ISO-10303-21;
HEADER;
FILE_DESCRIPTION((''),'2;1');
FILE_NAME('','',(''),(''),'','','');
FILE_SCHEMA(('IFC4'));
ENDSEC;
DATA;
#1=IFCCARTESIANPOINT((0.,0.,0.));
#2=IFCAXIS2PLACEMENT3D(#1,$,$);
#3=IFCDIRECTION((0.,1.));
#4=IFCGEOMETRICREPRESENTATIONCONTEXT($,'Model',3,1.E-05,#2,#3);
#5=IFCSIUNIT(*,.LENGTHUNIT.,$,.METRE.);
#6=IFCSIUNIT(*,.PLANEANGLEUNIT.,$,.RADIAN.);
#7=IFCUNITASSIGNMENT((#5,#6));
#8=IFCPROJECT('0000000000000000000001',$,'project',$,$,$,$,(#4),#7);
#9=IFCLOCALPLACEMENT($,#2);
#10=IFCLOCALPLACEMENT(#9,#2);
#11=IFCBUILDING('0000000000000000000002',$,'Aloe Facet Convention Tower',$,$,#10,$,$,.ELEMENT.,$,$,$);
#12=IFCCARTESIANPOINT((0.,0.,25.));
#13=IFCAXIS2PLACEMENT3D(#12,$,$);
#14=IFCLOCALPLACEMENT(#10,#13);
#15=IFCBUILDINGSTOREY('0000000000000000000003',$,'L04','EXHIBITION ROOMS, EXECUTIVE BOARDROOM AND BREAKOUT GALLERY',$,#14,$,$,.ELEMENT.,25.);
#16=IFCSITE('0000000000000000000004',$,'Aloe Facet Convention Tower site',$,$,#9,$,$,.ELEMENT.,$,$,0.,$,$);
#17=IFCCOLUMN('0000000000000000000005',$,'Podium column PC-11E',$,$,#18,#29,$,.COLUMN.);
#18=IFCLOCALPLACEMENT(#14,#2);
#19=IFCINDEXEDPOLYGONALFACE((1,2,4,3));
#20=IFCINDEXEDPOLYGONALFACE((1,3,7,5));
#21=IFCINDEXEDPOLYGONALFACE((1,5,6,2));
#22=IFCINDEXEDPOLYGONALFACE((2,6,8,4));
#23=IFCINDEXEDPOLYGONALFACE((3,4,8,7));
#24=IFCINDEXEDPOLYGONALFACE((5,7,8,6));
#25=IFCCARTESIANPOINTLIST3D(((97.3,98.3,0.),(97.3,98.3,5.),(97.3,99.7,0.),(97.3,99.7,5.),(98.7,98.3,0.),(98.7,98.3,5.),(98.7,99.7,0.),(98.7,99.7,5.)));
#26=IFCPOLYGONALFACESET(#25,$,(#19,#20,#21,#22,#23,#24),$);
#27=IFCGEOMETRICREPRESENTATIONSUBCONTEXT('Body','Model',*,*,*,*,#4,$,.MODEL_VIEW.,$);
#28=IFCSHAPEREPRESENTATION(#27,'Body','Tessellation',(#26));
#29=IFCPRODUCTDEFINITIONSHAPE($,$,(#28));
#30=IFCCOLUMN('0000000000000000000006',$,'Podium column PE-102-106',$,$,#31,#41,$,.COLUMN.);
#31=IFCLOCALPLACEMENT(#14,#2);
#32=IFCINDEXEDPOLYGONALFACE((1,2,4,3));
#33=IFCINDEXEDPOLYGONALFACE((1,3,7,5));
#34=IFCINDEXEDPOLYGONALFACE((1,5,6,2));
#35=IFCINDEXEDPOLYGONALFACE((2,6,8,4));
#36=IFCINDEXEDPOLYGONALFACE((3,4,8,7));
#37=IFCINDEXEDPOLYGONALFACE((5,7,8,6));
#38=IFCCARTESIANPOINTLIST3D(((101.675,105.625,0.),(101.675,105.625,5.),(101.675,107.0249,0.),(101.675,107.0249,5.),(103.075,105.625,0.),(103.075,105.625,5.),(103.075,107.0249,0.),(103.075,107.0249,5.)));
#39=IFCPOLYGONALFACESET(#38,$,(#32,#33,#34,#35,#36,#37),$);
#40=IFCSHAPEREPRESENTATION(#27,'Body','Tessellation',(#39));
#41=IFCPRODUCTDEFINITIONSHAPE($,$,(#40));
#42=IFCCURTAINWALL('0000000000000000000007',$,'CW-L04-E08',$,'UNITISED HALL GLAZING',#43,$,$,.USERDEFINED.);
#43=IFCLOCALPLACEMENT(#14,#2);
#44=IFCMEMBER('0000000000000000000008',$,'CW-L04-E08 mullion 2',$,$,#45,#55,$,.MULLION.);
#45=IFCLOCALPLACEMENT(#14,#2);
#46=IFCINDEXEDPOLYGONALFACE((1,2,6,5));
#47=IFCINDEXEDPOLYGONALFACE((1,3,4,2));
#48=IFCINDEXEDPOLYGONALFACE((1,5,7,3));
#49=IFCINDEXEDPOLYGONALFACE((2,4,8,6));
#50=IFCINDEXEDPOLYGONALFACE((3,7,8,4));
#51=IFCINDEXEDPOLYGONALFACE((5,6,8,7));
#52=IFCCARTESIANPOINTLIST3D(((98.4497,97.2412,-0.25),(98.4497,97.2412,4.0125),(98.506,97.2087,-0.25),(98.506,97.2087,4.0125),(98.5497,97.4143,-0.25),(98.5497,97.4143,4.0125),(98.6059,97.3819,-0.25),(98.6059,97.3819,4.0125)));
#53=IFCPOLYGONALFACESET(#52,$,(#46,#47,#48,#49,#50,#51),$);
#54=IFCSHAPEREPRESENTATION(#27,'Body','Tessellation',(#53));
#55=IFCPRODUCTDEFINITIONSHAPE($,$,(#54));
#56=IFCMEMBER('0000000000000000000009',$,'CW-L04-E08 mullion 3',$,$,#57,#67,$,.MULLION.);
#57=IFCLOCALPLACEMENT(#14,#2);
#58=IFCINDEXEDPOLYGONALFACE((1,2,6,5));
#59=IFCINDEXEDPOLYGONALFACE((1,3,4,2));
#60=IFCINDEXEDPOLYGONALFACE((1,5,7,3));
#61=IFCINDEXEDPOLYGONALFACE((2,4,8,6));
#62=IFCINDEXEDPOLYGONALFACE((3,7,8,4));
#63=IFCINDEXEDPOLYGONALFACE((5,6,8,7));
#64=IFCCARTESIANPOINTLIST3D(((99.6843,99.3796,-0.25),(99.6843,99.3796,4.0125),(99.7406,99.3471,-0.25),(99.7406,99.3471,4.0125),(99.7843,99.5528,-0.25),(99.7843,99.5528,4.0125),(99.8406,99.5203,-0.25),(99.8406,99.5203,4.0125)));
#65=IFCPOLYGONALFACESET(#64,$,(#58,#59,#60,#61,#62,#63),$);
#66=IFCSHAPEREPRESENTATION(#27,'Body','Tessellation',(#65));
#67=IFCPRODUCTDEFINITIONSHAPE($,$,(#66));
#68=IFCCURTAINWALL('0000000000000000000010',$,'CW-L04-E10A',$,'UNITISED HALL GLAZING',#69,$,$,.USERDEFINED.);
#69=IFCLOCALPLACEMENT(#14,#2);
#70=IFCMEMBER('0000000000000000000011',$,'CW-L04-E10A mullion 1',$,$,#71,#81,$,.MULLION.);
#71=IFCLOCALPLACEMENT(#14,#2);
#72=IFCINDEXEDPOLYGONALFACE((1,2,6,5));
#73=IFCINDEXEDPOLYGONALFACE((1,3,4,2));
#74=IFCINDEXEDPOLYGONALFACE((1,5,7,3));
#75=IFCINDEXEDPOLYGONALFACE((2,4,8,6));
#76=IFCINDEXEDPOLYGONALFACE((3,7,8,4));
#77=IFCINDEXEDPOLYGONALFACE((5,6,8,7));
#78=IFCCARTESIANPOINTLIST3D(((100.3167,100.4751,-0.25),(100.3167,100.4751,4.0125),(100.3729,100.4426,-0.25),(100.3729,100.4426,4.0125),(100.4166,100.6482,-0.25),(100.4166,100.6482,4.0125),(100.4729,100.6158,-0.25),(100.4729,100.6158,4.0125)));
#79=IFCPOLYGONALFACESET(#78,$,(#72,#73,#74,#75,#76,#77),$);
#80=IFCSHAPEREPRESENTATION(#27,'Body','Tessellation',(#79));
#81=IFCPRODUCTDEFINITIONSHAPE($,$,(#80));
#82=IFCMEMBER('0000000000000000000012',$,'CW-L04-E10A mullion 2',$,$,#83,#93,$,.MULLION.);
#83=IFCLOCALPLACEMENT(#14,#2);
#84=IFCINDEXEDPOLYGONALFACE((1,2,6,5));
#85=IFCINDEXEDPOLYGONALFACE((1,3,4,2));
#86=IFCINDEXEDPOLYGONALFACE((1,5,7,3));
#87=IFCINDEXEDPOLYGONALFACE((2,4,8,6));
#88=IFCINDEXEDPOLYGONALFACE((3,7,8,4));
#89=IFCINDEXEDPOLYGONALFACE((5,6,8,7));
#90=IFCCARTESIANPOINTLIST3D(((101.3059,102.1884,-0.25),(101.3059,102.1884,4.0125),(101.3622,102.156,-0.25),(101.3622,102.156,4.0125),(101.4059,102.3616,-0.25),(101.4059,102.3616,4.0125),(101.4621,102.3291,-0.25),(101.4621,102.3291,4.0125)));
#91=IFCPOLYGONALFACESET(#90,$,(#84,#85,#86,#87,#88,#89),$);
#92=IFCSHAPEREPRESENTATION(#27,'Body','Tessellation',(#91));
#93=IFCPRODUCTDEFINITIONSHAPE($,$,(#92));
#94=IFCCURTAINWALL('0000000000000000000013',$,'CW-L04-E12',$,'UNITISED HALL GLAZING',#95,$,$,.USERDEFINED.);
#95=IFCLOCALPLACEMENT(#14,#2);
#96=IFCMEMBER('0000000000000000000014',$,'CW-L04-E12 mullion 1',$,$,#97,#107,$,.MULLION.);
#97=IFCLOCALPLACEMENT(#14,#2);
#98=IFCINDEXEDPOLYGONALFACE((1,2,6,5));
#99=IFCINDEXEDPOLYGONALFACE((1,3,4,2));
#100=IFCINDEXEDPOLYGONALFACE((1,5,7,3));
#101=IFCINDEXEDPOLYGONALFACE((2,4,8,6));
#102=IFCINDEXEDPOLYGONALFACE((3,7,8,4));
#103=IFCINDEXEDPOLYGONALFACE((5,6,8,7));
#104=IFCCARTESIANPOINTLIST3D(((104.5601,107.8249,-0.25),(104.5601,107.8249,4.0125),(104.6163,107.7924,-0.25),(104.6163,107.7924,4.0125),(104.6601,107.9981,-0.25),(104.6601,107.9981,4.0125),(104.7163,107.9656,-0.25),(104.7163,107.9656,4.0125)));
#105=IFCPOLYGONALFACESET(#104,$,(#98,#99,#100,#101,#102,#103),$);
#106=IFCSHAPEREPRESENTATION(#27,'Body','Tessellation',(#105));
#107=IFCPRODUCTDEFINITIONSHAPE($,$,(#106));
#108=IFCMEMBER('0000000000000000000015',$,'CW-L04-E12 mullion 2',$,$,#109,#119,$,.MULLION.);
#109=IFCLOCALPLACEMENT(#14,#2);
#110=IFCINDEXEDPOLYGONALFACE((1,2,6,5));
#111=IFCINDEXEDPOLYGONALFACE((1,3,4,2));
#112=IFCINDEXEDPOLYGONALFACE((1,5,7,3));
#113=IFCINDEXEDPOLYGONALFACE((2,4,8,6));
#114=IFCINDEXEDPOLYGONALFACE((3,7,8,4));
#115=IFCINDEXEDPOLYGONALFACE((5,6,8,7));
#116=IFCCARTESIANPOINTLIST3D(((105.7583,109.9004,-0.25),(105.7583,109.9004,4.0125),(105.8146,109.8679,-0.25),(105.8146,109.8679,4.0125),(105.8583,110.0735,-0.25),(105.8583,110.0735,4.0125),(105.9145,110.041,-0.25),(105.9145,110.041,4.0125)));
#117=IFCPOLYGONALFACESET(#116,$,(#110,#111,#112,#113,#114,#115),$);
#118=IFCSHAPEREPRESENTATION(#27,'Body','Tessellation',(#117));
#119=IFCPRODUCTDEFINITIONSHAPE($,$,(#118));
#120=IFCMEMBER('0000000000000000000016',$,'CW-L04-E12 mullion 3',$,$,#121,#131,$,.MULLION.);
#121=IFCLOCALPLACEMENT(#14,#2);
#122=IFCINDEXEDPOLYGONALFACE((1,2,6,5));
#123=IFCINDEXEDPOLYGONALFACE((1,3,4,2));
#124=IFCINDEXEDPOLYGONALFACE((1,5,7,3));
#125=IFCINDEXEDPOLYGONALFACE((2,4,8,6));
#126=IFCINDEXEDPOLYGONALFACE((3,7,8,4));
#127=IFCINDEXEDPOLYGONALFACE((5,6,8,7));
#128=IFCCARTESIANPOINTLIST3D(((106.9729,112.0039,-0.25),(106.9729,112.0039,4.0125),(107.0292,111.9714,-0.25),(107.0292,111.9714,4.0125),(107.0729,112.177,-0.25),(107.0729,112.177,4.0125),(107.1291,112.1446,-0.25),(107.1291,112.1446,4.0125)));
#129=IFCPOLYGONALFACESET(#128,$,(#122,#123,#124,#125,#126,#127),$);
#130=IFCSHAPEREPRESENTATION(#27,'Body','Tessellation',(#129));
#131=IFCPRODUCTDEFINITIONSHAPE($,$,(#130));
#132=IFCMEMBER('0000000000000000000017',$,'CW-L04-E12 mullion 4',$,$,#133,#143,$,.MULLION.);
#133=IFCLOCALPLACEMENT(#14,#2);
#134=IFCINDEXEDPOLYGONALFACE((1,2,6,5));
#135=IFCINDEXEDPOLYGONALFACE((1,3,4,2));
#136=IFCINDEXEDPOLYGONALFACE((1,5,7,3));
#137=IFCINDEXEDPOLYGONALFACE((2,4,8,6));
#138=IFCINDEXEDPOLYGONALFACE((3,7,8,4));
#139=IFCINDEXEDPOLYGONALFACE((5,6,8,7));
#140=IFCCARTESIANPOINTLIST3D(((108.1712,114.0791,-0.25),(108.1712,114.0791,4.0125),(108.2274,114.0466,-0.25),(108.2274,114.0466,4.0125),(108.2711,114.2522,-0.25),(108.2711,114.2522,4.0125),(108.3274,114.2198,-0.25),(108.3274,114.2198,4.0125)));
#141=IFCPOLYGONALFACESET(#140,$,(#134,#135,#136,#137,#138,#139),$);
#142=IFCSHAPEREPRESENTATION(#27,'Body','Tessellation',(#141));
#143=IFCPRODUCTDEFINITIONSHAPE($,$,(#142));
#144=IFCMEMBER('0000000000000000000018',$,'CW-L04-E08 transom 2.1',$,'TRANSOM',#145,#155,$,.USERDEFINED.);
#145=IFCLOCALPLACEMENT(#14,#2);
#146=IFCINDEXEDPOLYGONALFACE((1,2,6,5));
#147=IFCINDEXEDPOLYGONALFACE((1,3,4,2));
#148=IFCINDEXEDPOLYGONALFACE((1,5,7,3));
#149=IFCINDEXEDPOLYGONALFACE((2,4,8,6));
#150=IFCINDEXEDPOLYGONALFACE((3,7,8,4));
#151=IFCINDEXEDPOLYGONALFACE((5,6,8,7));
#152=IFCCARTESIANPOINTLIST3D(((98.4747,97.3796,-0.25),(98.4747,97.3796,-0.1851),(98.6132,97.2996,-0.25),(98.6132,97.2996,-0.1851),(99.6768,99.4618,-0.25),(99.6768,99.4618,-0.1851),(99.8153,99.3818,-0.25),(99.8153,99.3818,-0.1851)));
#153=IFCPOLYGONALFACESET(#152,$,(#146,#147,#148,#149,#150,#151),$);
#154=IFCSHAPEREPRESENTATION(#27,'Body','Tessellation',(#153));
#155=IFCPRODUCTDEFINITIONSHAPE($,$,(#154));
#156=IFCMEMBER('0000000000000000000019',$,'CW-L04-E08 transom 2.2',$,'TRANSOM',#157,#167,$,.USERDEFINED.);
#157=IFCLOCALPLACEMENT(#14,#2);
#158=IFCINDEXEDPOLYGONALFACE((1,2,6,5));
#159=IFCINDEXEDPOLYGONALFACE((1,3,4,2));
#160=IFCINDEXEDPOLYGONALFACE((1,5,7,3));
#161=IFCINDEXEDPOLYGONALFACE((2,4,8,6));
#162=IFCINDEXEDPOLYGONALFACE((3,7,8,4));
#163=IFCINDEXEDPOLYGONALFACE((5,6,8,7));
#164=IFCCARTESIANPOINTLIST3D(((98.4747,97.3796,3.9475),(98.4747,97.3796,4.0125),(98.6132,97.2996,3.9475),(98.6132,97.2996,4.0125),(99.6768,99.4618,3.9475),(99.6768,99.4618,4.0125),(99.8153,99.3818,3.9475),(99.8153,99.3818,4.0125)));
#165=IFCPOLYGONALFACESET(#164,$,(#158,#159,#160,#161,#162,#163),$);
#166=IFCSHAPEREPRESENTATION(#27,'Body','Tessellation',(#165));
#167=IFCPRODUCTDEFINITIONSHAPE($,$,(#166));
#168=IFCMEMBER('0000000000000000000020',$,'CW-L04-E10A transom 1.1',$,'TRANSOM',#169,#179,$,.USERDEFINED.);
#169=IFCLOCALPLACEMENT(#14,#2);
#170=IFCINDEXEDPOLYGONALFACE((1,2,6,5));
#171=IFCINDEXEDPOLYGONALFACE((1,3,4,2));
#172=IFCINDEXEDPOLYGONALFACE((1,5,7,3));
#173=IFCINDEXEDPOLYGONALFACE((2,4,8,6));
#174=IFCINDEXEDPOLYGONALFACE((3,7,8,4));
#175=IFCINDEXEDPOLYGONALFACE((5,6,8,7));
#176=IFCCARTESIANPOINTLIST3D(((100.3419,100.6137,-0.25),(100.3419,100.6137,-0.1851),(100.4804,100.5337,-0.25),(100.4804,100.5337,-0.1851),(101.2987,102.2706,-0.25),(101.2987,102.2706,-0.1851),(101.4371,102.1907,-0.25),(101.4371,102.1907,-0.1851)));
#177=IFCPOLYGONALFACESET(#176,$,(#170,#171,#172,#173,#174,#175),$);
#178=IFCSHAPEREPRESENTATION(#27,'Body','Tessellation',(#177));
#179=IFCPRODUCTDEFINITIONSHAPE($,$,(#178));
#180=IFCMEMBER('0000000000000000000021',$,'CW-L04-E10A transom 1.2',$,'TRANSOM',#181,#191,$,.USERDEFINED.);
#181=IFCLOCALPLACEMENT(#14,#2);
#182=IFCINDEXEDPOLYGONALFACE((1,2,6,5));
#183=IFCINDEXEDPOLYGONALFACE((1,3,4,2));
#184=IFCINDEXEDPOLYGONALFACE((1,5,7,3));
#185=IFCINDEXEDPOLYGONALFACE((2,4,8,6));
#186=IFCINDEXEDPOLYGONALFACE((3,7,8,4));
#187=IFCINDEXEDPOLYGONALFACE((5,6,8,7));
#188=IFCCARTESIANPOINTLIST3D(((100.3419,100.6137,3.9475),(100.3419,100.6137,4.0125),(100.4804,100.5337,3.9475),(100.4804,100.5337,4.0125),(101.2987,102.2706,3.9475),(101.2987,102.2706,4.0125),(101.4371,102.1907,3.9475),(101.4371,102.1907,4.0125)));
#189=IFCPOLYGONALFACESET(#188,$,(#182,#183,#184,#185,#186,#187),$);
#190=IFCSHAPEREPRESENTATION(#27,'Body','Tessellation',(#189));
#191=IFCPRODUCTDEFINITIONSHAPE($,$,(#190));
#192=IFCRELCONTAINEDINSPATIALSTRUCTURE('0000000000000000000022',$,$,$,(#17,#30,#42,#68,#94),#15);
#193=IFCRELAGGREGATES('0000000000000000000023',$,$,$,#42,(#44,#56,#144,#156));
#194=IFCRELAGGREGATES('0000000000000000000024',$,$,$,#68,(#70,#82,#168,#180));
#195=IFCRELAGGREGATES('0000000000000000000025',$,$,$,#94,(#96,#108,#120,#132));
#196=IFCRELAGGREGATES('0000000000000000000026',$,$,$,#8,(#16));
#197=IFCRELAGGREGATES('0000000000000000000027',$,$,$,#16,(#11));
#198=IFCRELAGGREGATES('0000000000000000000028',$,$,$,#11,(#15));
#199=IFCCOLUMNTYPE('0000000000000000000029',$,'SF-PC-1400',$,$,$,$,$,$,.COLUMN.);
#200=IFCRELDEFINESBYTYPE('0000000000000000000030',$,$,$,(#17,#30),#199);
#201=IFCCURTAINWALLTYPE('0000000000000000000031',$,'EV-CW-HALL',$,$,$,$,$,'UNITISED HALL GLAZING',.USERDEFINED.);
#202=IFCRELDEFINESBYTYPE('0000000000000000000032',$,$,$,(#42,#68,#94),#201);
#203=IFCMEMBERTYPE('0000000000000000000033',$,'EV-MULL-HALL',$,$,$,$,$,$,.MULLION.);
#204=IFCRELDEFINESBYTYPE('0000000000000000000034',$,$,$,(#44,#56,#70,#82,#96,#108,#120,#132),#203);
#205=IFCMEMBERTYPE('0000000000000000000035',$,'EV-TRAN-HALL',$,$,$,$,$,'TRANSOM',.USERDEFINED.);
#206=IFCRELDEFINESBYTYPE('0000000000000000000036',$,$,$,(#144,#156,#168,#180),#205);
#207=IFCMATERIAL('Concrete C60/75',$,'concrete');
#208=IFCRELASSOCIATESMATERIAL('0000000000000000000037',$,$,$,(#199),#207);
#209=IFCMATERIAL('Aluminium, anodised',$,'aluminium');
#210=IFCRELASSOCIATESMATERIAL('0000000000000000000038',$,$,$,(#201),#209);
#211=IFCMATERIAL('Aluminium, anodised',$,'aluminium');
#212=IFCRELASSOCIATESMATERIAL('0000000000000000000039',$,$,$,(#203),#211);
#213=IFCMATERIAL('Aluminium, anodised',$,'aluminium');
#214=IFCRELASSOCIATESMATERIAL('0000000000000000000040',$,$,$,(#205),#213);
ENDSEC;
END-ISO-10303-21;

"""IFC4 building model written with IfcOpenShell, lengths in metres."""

from ifc_helpers import new_model, si_unit, direction, frame, origin, origin_2d, place, context, subcontext, project, spatial, rectangle, extrude, material, material_profile, profile_set, type_object, element, aggregate, save


model = new_model("IFC4")

# Units and contexts
model_context = context("Model", 3, precision=1e-05, world=origin(), true_north=direction((0.0, 1.0)))
body_context = subcontext(model_context, "Body", "Model", "MODEL_VIEW")
ifc_project = project(units=[si_unit("LENGTHUNIT", "METRE"), si_unit("PLANEANGLEUNIT", "RADIAN")], contexts=[model_context])

# Site, building, storey
site_placement = place(None, origin())
site = spatial("IfcSite", under=ifc_project, at=site_placement, Name="Aloe Facet Convention Tower site", CompositionType="ELEMENT", RefElevation=0.0)
building_placement = place(site_placement, origin())
building = spatial("IfcBuilding", under=site, at=building_placement, Name="Aloe Facet Convention Tower", CompositionType="ELEMENT")
storey_placement = place(building_placement, frame((0.0, 0.0, 25.0)))
storey = spatial("IfcBuildingStorey", under=building, at=storey_placement, Name="L04", Description="EXHIBITION ROOMS, EXECUTIVE BOARDROOM AND BREAKOUT GALLERY", CompositionType="ELEMENT", Elevation=25.0)

# Columns
ifc_material_1 = material(Name="Concrete C60/75", Category="concrete")
ifc_material_profile_1 = material_profile(ifc_material_1, rectangle(XDim=1.3999, YDim=1.3999, at=origin_2d()), Name="SF-PC-1400")
ifc_profile_set_1 = profile_set([ifc_material_profile_1], Name="Concrete C60/75")
column_type = type_object("IfcColumnType", Name="SF-PC-1400", PredefinedType="COLUMN", material=ifc_profile_set_1)
for number, where, z_axis, x_axis, name in (
    (1, (98.0, 99.0, 0.0), (0.0, 0.0, 1.0), (1.0, 0.0, 0.0), "Podium column PC-11E"),
    (2, (102.375, 106.325, 0.0), (0.0, 0.0, 1.0), (1.0, 0.0, 0.0), "Podium column PE-102-106"),
):
    element("IfcColumn", number, at=place(storey_placement, frame(where, z_axis=z_axis, x_axis=x_axis)), inside=storey, type_object=column_type, Name=name, PredefinedType="COLUMN", context=body_context, shape_type="SweptSolid", body=[
        extrude(rectangle(XDim=1.3999, YDim=1.3999, at=origin_2d()), origin(), (0.0, 0.0, 1.0), 5.0),
    ])

# Curtain walls, members
ifc_material_2 = material(Name="Aluminium, anodised", Category="aluminium")
curtain_wall_type = type_object("IfcCurtainWallType", Name="EV-CW-HALL", ElementType="UNITISED HALL GLAZING", PredefinedType="USERDEFINED", material=ifc_material_2)
curtain_wall_1_placement = place(storey_placement, origin())
curtain_wall_1 = element("IfcCurtainWall", 3, at=curtain_wall_1_placement, inside=storey, type_object=curtain_wall_type, Name="CW-L04-E08", ObjectType="UNITISED HALL GLAZING", PredefinedType="USERDEFINED")
ifc_material_3 = material(Name="Aluminium, anodised", Category="aluminium")
ifc_material_profile_2 = material_profile(ifc_material_3, rectangle(XDim=0.0649, YDim=0.2, at=origin_2d()), Name="AL 65x200")
ifc_profile_set_2 = profile_set([ifc_material_profile_2], Name="Aluminium, anodised")
member_type_1 = type_object("IfcMemberType", Name="EV-MULL-HALL", PredefinedType="MULLION", material=ifc_profile_set_2)
member_1_placement = place(storey_placement, frame((98.5278, 97.3115, -0.25), z_axis=(0.0, 0.0, 1.0), x_axis=(-0.866025, 0.5, 0.0)))
member_1 = element("IfcMember", 4, at=member_1_placement, type_object=member_type_1, Name="CW-L04-E08 mullion 2", PredefinedType="MULLION", context=body_context, shape_type="SweptSolid", body=[
    extrude(rectangle(XDim=0.0649, YDim=0.2, at=origin_2d()), origin(), (0.0, 0.0, 1.0), 4.2625),
])
member_2_placement = place(storey_placement, frame((99.7625, 99.45, -0.25), z_axis=(0.0, 0.0, 1.0), x_axis=(-0.866025, 0.5, 0.0)))
member_2 = element("IfcMember", 5, at=member_2_placement, type_object=member_type_1, Name="CW-L04-E08 mullion 3", PredefinedType="MULLION", context=body_context, shape_type="SweptSolid", body=[
    extrude(rectangle(XDim=0.0649, YDim=0.2, at=origin_2d()), origin(), (0.0, 0.0, 1.0), 4.2625),
])
curtain_wall_2_placement = place(storey_placement, origin())
curtain_wall_2 = element("IfcCurtainWall", 6, at=curtain_wall_2_placement, inside=storey, type_object=curtain_wall_type, Name="CW-L04-E10A", ObjectType="UNITISED HALL GLAZING", PredefinedType="USERDEFINED")
member_3_placement = place(storey_placement, frame((100.3948, 100.5454, -0.25), z_axis=(0.0, 0.0, 1.0), x_axis=(-0.866025, 0.5, 0.0)))
member_3 = element("IfcMember", 7, at=member_3_placement, type_object=member_type_1, Name="CW-L04-E10A mullion 1", PredefinedType="MULLION", context=body_context, shape_type="SweptSolid", body=[
    extrude(rectangle(XDim=0.0649, YDim=0.2, at=origin_2d()), origin(), (0.0, 0.0, 1.0), 4.2625),
])
member_4_placement = place(storey_placement, frame((101.384, 102.2588, -0.25), z_axis=(0.0, 0.0, 1.0), x_axis=(-0.866025, 0.5, 0.0)))
member_4 = element("IfcMember", 8, at=member_4_placement, type_object=member_type_1, Name="CW-L04-E10A mullion 2", PredefinedType="MULLION", context=body_context, shape_type="SweptSolid", body=[
    extrude(rectangle(XDim=0.0649, YDim=0.2, at=origin_2d()), origin(), (0.0, 0.0, 1.0), 4.2625),
])
curtain_wall_3_placement = place(storey_placement, origin())
curtain_wall_3 = element("IfcCurtainWall", 9, at=curtain_wall_3_placement, inside=storey, type_object=curtain_wall_type, Name="CW-L04-E12", ObjectType="UNITISED HALL GLAZING", PredefinedType="USERDEFINED")
member_5_placement = place(storey_placement, frame((104.6382, 107.8953, -0.25), z_axis=(0.0, 0.0, 1.0), x_axis=(-0.866025, 0.5, 0.0)))
member_5 = element("IfcMember", 10, at=member_5_placement, type_object=member_type_1, Name="CW-L04-E12 mullion 1", PredefinedType="MULLION", context=body_context, shape_type="SweptSolid", body=[
    extrude(rectangle(XDim=0.0649, YDim=0.2, at=origin_2d()), origin(), (0.0, 0.0, 1.0), 4.2625),
])
member_6_placement = place(storey_placement, frame((105.8364, 109.9707, -0.25), z_axis=(0.0, 0.0, 1.0), x_axis=(-0.866025, 0.5, 0.0)))
member_6 = element("IfcMember", 11, at=member_6_placement, type_object=member_type_1, Name="CW-L04-E12 mullion 2", PredefinedType="MULLION", context=body_context, shape_type="SweptSolid", body=[
    extrude(rectangle(XDim=0.0649, YDim=0.2, at=origin_2d()), origin(), (0.0, 0.0, 1.0), 4.2625),
])
member_7_placement = place(storey_placement, frame((107.051, 112.0742, -0.25), z_axis=(0.0, 0.0, 1.0), x_axis=(-0.866025, 0.5, 0.0)))
member_7 = element("IfcMember", 12, at=member_7_placement, type_object=member_type_1, Name="CW-L04-E12 mullion 3", PredefinedType="MULLION", context=body_context, shape_type="SweptSolid", body=[
    extrude(rectangle(XDim=0.0649, YDim=0.2, at=origin_2d()), origin(), (0.0, 0.0, 1.0), 4.2625),
])
member_8_placement = place(storey_placement, frame((108.2493, 114.1494, -0.25), z_axis=(0.0, 0.0, 1.0), x_axis=(-0.866025, 0.5, 0.0)))
member_8 = element("IfcMember", 13, at=member_8_placement, type_object=member_type_1, Name="CW-L04-E12 mullion 4", PredefinedType="MULLION", context=body_context, shape_type="SweptSolid", body=[
    extrude(rectangle(XDim=0.0649, YDim=0.2, at=origin_2d()), origin(), (0.0, 0.0, 1.0), 4.2625),
])

# Members
ifc_material_4 = material(Name="Aluminium, anodised", Category="aluminium")
ifc_material_profile_3 = material_profile(ifc_material_4, rectangle(XDim=0.1599, YDim=0.0649, at=origin_2d()), Name="AL 160x65")
ifc_profile_set_3 = profile_set([ifc_material_profile_3], Name="Aluminium, anodised")
member_type_2 = type_object("IfcMemberType", Name="EV-TRAN-HALL", ElementType="TRANSOM", PredefinedType="USERDEFINED", material=ifc_profile_set_3)
member_9_placement = place(storey_placement, frame((98.5439, 97.3396, -0.2175), z_axis=(0.499983, 0.866035, 0.0), x_axis=(-0.866035, 0.499983, 0.0)))
member_9 = element("IfcMember", 14, at=member_9_placement, type_object=member_type_2, Name="CW-L04-E08 transom 2.1", ObjectType="TRANSOM", PredefinedType="USERDEFINED", context=body_context, shape_type="SweptSolid", body=[
    extrude(rectangle(XDim=0.1599, YDim=0.0649, at=origin_2d()), origin(), (0.0, 0.0, 1.0), 2.4043),
])
member_10_placement = place(storey_placement, frame((98.5439, 97.3396, 3.98), z_axis=(0.499983, 0.866035, 0.0), x_axis=(-0.866035, 0.499983, 0.0)))
member_10 = element("IfcMember", 15, at=member_10_placement, type_object=member_type_2, Name="CW-L04-E08 transom 2.2", ObjectType="TRANSOM", PredefinedType="USERDEFINED", context=body_context, shape_type="SweptSolid", body=[
    extrude(rectangle(XDim=0.1599, YDim=0.0649, at=origin_2d()), origin(), (0.0, 0.0, 1.0), 2.4043),
])
member_11_placement = place(storey_placement, frame((100.4111, 100.5737, -0.2175), z_axis=(0.50005, 0.865996, 0.0), x_axis=(-0.865996, 0.50005, 0.0)))
member_11 = element("IfcMember", 16, at=member_11_placement, type_object=member_type_2, Name="CW-L04-E10A transom 1.1", ObjectType="TRANSOM", PredefinedType="USERDEFINED", context=body_context, shape_type="SweptSolid", body=[
    extrude(rectangle(XDim=0.1599, YDim=0.0649, at=origin_2d()), origin(), (0.0, 0.0, 1.0), 1.9133),
])
member_12_placement = place(storey_placement, frame((100.4111, 100.5737, 3.98), z_axis=(0.50005, 0.865996, 0.0), x_axis=(-0.865996, 0.50005, 0.0)))
member_12 = element("IfcMember", 17, at=member_12_placement, type_object=member_type_2, Name="CW-L04-E10A transom 1.2", ObjectType="TRANSOM", PredefinedType="USERDEFINED", context=body_context, shape_type="SweptSolid", body=[
    extrude(rectangle(XDim=0.1599, YDim=0.0649, at=origin_2d()), origin(), (0.0, 0.0, 1.0), 1.9133),
])

aggregate(curtain_wall_1, [member_1, member_2, member_9, member_10])
aggregate(curtain_wall_2, [member_3, member_4, member_11, member_12])
aggregate(curtain_wall_3, [member_5, member_6, member_7, member_8])

save(model, "model.ifc")
